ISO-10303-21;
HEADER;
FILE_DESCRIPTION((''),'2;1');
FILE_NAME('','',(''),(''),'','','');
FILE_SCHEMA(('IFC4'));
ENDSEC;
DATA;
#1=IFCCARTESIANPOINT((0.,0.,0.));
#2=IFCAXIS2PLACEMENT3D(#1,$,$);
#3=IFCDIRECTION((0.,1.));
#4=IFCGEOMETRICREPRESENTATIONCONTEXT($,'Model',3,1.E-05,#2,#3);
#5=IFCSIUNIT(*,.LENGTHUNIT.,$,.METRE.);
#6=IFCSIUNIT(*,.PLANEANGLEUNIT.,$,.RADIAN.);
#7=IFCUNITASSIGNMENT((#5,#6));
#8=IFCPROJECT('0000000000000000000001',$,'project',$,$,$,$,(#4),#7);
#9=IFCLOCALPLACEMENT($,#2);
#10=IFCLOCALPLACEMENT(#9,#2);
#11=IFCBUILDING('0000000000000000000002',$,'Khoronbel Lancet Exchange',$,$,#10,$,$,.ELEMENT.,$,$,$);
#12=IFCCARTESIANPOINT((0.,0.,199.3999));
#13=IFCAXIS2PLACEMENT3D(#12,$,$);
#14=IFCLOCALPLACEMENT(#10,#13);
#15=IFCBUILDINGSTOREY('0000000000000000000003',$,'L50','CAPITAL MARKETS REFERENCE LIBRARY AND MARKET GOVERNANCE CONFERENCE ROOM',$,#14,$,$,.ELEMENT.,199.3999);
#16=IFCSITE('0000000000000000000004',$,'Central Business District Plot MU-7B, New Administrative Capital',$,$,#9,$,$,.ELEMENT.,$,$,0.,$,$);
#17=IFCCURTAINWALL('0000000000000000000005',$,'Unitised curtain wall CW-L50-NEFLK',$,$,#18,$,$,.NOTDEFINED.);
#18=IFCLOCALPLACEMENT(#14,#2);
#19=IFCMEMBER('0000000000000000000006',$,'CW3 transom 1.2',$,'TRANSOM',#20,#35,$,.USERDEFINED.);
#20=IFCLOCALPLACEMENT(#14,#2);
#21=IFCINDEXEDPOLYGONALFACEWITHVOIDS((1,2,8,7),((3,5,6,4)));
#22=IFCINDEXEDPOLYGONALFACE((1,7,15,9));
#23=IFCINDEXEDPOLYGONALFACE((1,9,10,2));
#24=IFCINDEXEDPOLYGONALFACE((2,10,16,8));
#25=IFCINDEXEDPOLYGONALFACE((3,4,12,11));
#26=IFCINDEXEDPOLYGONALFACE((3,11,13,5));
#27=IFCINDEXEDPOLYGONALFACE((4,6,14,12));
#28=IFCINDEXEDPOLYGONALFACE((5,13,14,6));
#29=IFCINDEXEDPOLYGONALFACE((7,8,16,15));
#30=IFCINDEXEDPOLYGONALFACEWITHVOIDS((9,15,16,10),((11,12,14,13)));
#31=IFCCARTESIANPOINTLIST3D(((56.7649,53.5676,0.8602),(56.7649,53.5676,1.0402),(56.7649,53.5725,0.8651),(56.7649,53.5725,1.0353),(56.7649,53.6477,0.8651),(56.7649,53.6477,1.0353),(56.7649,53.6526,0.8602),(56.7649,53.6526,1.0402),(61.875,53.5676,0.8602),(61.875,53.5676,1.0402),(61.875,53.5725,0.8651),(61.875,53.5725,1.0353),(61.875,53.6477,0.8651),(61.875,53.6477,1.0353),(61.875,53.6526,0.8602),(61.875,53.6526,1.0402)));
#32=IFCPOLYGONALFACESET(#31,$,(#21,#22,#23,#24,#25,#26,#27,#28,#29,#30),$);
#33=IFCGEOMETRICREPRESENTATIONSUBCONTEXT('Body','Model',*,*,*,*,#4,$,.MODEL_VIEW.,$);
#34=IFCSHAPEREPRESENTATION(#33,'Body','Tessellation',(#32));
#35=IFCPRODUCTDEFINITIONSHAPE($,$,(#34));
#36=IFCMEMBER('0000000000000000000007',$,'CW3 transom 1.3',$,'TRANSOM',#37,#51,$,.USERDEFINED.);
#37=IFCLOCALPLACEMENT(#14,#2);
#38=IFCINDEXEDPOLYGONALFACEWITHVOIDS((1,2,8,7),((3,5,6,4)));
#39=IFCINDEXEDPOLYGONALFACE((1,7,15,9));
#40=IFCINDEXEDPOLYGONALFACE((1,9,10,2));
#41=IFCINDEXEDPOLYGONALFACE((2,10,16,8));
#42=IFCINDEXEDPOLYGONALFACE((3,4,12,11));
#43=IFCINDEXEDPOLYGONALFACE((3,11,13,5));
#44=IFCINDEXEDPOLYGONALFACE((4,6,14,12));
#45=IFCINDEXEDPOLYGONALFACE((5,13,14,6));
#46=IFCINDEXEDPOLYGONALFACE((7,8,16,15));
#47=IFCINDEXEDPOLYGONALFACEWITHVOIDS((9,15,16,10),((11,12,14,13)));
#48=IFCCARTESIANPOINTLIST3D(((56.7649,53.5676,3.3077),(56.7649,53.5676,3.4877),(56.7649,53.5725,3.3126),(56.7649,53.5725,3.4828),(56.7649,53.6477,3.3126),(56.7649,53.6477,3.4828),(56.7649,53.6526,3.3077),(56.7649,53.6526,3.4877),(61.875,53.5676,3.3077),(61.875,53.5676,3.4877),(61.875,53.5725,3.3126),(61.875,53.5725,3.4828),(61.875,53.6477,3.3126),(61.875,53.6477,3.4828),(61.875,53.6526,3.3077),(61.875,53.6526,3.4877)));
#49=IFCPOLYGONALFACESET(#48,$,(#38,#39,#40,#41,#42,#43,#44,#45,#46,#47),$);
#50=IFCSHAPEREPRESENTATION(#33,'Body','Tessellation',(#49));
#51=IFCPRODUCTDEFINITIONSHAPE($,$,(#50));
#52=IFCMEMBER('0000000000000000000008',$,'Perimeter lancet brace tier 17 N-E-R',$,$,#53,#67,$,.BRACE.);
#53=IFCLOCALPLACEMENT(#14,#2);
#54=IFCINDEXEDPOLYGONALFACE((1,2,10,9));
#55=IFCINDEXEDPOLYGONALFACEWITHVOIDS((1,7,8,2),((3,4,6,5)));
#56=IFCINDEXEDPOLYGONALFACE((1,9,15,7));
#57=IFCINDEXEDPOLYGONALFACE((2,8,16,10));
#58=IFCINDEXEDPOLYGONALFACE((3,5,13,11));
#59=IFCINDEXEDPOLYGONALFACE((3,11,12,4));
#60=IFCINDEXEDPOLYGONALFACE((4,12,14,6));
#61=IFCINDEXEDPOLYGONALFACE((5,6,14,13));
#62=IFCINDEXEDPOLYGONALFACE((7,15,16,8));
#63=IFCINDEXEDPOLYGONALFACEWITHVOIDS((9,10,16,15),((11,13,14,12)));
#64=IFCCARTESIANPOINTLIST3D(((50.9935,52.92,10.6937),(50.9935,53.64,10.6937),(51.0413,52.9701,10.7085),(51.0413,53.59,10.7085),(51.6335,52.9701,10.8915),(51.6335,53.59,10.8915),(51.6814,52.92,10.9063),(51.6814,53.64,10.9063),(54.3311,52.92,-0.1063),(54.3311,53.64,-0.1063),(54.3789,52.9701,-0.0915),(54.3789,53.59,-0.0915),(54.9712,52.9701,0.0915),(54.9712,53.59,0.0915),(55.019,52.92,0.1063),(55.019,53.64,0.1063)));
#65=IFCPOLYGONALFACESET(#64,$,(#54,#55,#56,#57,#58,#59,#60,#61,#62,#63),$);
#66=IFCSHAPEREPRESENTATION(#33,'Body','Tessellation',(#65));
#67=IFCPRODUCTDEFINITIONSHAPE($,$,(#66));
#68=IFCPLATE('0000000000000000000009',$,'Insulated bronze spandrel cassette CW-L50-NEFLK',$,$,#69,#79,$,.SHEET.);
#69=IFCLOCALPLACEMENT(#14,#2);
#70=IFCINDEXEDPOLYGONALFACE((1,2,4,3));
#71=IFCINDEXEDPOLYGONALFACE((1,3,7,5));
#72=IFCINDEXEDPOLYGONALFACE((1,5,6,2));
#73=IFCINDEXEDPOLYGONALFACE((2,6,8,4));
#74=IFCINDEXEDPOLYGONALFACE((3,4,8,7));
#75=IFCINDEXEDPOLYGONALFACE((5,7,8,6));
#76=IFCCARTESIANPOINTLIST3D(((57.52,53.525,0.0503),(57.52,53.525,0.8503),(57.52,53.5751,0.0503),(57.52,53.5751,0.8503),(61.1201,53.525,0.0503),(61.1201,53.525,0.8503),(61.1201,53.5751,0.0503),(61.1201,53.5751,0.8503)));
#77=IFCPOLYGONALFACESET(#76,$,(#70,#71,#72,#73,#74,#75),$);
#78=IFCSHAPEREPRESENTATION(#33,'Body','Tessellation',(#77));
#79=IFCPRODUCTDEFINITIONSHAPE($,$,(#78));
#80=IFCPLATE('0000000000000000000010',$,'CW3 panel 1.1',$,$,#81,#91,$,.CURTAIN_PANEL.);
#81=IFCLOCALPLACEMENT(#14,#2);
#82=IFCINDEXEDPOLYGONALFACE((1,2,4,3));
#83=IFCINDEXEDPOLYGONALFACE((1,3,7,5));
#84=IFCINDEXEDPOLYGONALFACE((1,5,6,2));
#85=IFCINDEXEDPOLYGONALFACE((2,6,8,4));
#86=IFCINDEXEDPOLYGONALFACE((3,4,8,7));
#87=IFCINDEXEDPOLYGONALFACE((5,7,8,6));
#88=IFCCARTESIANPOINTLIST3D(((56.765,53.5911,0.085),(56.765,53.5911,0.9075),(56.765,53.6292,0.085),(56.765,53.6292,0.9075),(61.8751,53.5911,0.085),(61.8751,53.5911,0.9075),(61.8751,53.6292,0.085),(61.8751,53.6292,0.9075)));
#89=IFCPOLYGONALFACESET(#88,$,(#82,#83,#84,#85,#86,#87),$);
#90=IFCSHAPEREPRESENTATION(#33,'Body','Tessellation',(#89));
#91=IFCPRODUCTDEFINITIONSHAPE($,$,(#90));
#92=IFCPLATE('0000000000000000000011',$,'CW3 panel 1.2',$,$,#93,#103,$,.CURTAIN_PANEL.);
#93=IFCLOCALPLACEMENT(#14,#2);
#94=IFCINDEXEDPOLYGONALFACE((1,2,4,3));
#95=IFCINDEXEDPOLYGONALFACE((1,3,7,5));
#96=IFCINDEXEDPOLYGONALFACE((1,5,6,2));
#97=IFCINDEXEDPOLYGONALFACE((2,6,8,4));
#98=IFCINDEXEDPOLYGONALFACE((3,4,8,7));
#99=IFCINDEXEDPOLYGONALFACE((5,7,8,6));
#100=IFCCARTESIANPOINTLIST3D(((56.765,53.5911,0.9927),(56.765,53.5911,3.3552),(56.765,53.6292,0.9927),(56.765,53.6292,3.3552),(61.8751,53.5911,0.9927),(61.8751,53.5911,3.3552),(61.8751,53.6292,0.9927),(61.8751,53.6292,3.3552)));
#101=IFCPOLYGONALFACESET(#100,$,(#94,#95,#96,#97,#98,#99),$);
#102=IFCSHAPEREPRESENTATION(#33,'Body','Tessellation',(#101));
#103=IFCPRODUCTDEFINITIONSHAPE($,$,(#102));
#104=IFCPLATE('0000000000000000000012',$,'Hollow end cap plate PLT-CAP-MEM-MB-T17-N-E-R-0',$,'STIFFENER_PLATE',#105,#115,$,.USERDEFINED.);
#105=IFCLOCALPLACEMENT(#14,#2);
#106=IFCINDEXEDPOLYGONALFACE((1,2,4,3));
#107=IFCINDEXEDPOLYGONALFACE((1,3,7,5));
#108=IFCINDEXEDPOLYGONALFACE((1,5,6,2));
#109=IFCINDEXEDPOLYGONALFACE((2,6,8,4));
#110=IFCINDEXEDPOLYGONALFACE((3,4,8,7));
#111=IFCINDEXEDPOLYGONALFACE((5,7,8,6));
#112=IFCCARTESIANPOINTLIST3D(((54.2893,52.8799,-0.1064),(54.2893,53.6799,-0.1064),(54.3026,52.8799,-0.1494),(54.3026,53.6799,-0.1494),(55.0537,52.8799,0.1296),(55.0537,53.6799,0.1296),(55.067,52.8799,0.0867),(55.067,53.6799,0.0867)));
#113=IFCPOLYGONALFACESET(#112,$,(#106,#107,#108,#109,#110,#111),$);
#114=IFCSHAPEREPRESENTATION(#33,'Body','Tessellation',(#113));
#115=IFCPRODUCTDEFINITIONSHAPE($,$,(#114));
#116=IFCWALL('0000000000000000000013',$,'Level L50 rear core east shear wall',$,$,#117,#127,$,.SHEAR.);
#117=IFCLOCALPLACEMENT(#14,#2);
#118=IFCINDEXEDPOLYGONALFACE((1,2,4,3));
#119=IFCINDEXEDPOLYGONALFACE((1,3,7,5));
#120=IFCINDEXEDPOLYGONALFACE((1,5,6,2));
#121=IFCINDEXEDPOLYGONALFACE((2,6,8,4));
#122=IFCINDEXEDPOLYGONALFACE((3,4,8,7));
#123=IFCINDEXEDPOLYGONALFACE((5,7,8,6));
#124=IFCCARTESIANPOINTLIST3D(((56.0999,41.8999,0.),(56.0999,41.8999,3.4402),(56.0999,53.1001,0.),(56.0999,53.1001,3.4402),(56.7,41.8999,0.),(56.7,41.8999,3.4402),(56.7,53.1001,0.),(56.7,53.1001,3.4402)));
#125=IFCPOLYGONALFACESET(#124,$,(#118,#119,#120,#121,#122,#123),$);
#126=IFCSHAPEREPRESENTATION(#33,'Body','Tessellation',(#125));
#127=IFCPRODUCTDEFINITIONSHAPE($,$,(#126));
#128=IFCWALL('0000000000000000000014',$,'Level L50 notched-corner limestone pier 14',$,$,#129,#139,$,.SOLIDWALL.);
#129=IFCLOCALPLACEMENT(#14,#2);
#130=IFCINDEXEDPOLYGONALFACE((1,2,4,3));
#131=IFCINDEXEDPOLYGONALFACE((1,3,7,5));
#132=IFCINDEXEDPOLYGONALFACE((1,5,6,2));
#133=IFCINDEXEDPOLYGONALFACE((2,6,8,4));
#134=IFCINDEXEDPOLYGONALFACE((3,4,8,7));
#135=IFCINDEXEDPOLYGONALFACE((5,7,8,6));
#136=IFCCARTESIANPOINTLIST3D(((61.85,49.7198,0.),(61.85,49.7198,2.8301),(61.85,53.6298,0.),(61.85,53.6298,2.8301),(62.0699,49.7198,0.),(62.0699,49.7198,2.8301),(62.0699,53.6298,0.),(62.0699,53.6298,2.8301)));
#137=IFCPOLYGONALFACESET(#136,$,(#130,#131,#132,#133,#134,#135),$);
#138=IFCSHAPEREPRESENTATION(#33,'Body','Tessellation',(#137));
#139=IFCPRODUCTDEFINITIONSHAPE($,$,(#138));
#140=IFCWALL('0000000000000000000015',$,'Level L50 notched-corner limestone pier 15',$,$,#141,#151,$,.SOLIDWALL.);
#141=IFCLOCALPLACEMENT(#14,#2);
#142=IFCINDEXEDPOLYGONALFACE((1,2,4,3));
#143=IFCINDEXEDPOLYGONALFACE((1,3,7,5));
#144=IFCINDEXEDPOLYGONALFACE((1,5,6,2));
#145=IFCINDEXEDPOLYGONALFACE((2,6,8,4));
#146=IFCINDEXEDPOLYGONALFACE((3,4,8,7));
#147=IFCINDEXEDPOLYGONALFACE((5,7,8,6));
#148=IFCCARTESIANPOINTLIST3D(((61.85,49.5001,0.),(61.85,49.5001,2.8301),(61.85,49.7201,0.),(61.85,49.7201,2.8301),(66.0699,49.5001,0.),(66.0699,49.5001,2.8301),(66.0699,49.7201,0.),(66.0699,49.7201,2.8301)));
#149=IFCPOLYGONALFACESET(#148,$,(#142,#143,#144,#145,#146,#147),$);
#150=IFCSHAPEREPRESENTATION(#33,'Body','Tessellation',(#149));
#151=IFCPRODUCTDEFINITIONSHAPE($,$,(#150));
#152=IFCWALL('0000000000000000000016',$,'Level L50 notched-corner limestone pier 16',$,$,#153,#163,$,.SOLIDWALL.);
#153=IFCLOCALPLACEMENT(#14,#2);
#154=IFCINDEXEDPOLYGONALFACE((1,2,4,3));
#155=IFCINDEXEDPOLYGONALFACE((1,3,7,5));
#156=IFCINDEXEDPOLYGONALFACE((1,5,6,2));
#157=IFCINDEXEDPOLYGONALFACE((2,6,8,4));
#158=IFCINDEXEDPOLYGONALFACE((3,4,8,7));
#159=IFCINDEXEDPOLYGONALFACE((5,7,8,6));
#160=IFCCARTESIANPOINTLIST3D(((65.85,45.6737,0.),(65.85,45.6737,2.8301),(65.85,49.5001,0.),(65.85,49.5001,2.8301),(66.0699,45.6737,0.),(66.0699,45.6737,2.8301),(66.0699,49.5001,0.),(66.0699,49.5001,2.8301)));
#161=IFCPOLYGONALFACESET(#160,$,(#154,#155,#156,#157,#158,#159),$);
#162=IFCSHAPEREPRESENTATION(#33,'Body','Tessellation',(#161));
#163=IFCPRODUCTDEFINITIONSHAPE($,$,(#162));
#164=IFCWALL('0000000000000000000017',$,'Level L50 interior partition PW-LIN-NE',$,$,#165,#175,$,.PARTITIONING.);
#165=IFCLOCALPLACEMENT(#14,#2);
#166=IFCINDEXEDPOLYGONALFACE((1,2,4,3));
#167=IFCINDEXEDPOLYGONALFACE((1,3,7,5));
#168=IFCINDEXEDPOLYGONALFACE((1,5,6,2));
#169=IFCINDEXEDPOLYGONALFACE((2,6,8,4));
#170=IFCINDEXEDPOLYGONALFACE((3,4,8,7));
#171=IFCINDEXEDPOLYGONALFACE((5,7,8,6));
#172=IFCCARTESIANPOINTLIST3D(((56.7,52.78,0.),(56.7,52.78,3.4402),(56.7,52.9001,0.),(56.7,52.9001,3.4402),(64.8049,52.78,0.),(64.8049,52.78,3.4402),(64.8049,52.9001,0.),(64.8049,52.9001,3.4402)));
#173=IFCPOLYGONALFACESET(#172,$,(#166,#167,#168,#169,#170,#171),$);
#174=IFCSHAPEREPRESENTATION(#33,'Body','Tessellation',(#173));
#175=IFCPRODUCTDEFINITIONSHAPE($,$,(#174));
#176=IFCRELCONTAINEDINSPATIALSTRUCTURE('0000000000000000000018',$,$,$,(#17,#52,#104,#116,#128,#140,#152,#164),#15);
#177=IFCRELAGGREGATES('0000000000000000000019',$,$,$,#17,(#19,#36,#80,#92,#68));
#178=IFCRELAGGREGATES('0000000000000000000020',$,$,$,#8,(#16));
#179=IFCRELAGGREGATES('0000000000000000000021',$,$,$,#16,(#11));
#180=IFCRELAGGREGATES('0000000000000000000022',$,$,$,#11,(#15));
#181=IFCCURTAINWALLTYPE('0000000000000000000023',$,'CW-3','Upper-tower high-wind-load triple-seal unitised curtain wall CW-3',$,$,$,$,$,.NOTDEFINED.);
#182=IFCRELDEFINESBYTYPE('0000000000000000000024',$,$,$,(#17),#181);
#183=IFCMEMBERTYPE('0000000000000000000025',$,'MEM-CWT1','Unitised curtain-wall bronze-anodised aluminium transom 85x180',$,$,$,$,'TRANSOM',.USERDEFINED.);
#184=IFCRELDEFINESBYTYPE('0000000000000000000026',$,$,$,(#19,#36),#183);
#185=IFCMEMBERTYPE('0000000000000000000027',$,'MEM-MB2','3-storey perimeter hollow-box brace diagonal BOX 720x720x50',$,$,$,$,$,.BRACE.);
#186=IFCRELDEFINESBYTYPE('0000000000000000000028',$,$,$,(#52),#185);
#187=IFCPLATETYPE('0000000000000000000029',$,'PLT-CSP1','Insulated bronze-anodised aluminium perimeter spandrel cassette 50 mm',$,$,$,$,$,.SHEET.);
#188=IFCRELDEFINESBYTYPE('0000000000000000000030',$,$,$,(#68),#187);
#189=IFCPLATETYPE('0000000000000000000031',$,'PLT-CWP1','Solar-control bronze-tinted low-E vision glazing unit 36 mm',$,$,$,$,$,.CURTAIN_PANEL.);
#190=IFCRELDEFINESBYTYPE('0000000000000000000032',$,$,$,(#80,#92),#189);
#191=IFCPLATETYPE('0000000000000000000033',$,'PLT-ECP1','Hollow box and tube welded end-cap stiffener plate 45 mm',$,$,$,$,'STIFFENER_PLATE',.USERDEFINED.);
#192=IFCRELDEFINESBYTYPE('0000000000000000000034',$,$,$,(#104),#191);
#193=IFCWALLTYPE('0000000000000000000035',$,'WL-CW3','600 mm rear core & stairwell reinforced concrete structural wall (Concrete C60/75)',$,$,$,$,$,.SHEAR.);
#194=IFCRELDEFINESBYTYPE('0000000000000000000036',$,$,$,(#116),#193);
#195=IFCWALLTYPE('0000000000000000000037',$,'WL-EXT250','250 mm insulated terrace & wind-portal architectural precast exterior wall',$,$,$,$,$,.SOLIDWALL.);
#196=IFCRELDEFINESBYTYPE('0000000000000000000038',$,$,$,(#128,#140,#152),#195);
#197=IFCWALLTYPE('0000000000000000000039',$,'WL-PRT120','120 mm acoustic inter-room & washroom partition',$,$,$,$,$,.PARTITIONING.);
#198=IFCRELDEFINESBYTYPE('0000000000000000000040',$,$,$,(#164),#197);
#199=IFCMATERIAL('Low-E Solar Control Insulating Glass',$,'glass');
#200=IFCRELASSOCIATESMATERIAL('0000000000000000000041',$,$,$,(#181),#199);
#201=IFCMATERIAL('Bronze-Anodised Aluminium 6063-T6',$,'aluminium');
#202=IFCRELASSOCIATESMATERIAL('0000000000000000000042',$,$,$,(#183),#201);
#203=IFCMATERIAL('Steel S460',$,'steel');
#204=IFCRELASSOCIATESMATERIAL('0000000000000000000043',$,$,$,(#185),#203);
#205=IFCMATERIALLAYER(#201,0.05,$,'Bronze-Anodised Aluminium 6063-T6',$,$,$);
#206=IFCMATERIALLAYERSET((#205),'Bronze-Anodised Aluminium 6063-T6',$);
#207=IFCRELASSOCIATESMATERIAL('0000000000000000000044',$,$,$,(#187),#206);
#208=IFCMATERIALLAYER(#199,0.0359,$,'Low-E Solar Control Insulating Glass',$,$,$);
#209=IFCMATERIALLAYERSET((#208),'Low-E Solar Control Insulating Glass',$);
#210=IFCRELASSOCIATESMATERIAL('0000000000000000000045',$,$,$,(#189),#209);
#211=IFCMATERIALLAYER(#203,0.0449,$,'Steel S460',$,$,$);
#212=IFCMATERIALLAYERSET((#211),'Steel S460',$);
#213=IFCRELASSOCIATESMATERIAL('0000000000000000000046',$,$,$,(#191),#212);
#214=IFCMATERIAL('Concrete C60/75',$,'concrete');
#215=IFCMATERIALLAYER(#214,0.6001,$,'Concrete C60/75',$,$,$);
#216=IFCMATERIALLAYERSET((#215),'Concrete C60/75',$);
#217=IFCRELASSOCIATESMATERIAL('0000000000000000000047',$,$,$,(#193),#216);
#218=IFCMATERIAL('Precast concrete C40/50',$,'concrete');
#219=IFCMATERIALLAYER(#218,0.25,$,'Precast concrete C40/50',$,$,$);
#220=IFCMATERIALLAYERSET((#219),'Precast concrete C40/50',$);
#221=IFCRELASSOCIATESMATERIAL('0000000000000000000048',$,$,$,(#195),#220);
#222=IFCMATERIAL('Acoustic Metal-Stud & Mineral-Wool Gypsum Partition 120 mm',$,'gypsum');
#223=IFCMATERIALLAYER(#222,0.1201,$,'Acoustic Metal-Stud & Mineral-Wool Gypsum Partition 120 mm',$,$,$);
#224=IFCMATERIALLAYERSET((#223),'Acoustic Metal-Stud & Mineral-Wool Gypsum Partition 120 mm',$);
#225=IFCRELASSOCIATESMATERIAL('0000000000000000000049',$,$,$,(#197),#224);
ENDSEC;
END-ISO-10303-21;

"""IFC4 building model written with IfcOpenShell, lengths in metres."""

from ifc_helpers import new_model, si_unit, direction, frame, frame_2d, origin, origin_2d, place, context, subcontext, project, spatial, polyline, rectangle, hollow_rectangle, outline, extrude, material, layer, layer_set, material_profile, profile_set, type_object, element, aggregate, save


model = new_model("IFC4")

# Units and contexts
model_context = context("Model", 3, precision=1e-05, world=origin(), true_north=direction((0.0, 1.0)))
body_context = subcontext(model_context, "Body", "Model", "MODEL_VIEW")
ifc_project = project(units=[si_unit("LENGTHUNIT", "METRE"), si_unit("PLANEANGLEUNIT", "RADIAN")], contexts=[model_context])

# Site, building, storey
site_placement = place(None, origin())
site = spatial("IfcSite", under=ifc_project, at=site_placement, Name="Central Business District Plot MU-7B, New Administrative Capital", CompositionType="ELEMENT", RefElevation=0.0)
building_placement = place(site_placement, origin())
building = spatial("IfcBuilding", under=site, at=building_placement, Name="Khoronbel Lancet Exchange", CompositionType="ELEMENT")
storey_placement = place(building_placement, frame((0.0, 0.0, 199.3999)))
storey = spatial("IfcBuildingStorey", under=building, at=storey_placement, Name="L50", Description="CAPITAL MARKETS REFERENCE LIBRARY AND MARKET GOVERNANCE CONFERENCE ROOM", CompositionType="ELEMENT", Elevation=199.3999)

# Shared definitions
ifc_material_1 = material(Name="Steel S460", Category="steel")

# Curtain wall
ifc_material_2 = material(Name="Low-E Solar Control Insulating Glass", Category="glass")
curtain_wall_type_1 = type_object("IfcCurtainWallType", Name="CW-3", Description="Upper-tower high-wind-load triple-seal unitised curtain wall CW-3", PredefinedType="NOTDEFINED", material=ifc_material_2)
curtain_wall_1_placement = place(storey_placement, origin())
curtain_wall_1 = element("IfcCurtainWall", 1, at=curtain_wall_1_placement, inside=storey, type_object=curtain_wall_type_1, Name="Unitised curtain wall CW-L50-NEFLK", PredefinedType="NOTDEFINED")
ifc_material_3 = material(Name="Bronze-Anodised Aluminium 6063-T6", Category="aluminium")

# Members
ifc_material_profile_1 = material_profile(ifc_material_3, hollow_rectangle(XDim=0.085, YDim=0.1799, WallThickness=0.0049, at=origin_2d()), Name="ALU TRANSOM 85x180")
ifc_profile_set_1 = profile_set([ifc_material_profile_1], Name="Bronze-Anodised Aluminium 6063-T6")
member_type_1 = type_object("IfcMemberType", Name="MEM-CWT1", Description="Unitised curtain-wall bronze-anodised aluminium transom 85x180", ElementType="TRANSOM", PredefinedType="USERDEFINED", material=ifc_profile_set_1)
member_1_placement = place(storey_placement, frame((61.875, 53.6101, 0.9502), z_axis=(-1.0, 0.0, 0.0), x_axis=(0.0, -1.0, 0.0)))
member_1 = element("IfcMember", 2, at=member_1_placement, type_object=member_type_1, Name="CW3 transom 1.2", ObjectType="TRANSOM", PredefinedType="USERDEFINED", context=body_context, shape_type="SweptSolid", body=[
    extrude(hollow_rectangle(XDim=0.085, YDim=0.1799, WallThickness=0.0049, at=origin_2d()), origin(), (0.0, 0.0, 1.0), 5.1101),
])
member_2_placement = place(storey_placement, frame((61.875, 53.6101, 3.3977), z_axis=(-1.0, 0.0, 0.0), x_axis=(0.0, -1.0, 0.0)))
member_2 = element("IfcMember", 3, at=member_2_placement, type_object=member_type_1, Name="CW3 transom 1.3", ObjectType="TRANSOM", PredefinedType="USERDEFINED", context=body_context, shape_type="SweptSolid", body=[
    extrude(hollow_rectangle(XDim=0.085, YDim=0.1799, WallThickness=0.0049, at=origin_2d()), origin(), (0.0, 0.0, 1.0), 5.1101),
])
ifc_material_profile_2 = material_profile(ifc_material_1, hollow_rectangle(XDim=0.72, YDim=0.72, WallThickness=0.05, at=origin_2d()), Name="BOX 720x720x50")
ifc_profile_set_2 = profile_set([ifc_material_profile_2], Name="Steel S460")
member_type_2 = type_object("IfcMemberType", Name="MEM-MB2", Description="3-storey perimeter hollow-box brace diagonal BOX 720x720x50", PredefinedType="BRACE", material=ifc_profile_set_2)
member_3_placement = place(storey_placement, frame((54.675, 53.28, 0.0), z_axis=(-0.295262, 0.0, 0.955416), x_axis=(0.0, -1.0, 0.0)))
element("IfcMember", 4, at=member_3_placement, inside=storey, type_object=member_type_2, Name="Perimeter lancet brace tier 17 N-E-R", PredefinedType="BRACE", context=body_context, shape_type="SweptSolid", body=[
    extrude(hollow_rectangle(XDim=0.72, YDim=0.72, WallThickness=0.05, at=origin_2d()), origin(), (0.0, 0.0, 1.0), 11.304),
])

# Plates
ifc_layer_1 = layer(ifc_material_3, 0.05, Name="Bronze-Anodised Aluminium 6063-T6")
ifc_layer_set_1 = layer_set([ifc_layer_1], Name="Bronze-Anodised Aluminium 6063-T6")
plate_type_1 = type_object("IfcPlateType", Name="PLT-CSP1", Description="Insulated bronze-anodised aluminium perimeter spandrel cassette 50 mm", PredefinedType="SHEET", material=ifc_layer_set_1)
plate_1_placement = place(storey_placement, frame((59.3201, 53.55, 0.0503), z_axis=(0.0, 0.0, 1.0), x_axis=(-1.0, 0.0, 0.0)))
plate_1 = element("IfcPlate", 5, at=plate_1_placement, type_object=plate_type_1, Name="Insulated bronze spandrel cassette CW-L50-NEFLK", PredefinedType="SHEET", context=body_context, shape_type="SweptSolid", body=[
    extrude(rectangle(XDim=3.6001, YDim=0.05, at=origin_2d()), origin(), (0.0, 0.0, 1.0), 0.8),
])
ifc_layer_2 = layer(ifc_material_2, 0.0359, Name="Low-E Solar Control Insulating Glass")
ifc_layer_set_2 = layer_set([ifc_layer_2], Name="Low-E Solar Control Insulating Glass")
plate_type_2 = type_object("IfcPlateType", Name="PLT-CWP1", Description="Solar-control bronze-tinted low-E vision glazing unit 36 mm", PredefinedType="CURTAIN_PANEL", material=ifc_layer_set_2)
plate_2_placement = place(storey_placement, frame((59.3201, 53.6101, 0.085), z_axis=(0.0, 0.0, 1.0), x_axis=(-1.0, 0.0, 0.0)))
plate_2 = element("IfcPlate", 6, at=plate_2_placement, type_object=plate_type_2, Name="CW3 panel 1.1", PredefinedType="CURTAIN_PANEL", context=body_context, shape_type="SweptSolid", body=[
    extrude(rectangle(XDim=5.1101, YDim=0.0381, at=origin_2d()), origin(), (0.0, 0.0, 1.0), 0.8225),
])
plate_3_placement = place(storey_placement, frame((59.3201, 53.6101, 0.9927), z_axis=(0.0, 0.0, 1.0), x_axis=(-1.0, 0.0, 0.0)))
plate_3 = element("IfcPlate", 7, at=plate_3_placement, type_object=plate_type_2, Name="CW3 panel 1.2", PredefinedType="CURTAIN_PANEL", context=body_context, shape_type="SweptSolid", body=[
    extrude(rectangle(XDim=5.1101, YDim=0.0381, at=origin_2d()), origin(), (0.0, 0.0, 1.0), 2.3625),
])
aggregate(curtain_wall_1, [member_1, member_2, plate_2, plate_3, plate_1])
ifc_layer_3 = layer(ifc_material_1, 0.0449, Name="Steel S460")
ifc_layer_set_3 = layer_set([ifc_layer_3], Name="Steel S460")
plate_type_3 = type_object("IfcPlateType", Name="PLT-ECP1", Description="Hollow box and tube welded end-cap stiffener plate 45 mm", ElementType="STIFFENER_PLATE", PredefinedType="USERDEFINED", material=ifc_layer_set_3)
plate_4_placement = place(storey_placement, frame((54.2893, 53.6799, -0.1064), z_axis=(-0.295094, 0.0, 0.955468), x_axis=(0.0, -1.0, 0.0)))
element("IfcPlate", 8, at=plate_4_placement, inside=storey, type_object=plate_type_3, Name="Hollow end cap plate PLT-CAP-MEM-MB-T17-N-E-R-0", ObjectType="STIFFENER_PLATE", PredefinedType="USERDEFINED", context=body_context, shape_type="SweptSolid", body=[
    extrude(outline(polyline([(0.0, 0.0), (0.8, 0.0), (0.8, 0.8), (0.0, 0.8), (0.0, 0.0)])), origin(), (0.0, 0.0, -1.0), 0.0449),
])

# Walls
ifc_material_4 = material(Name="Concrete C60/75", Category="concrete")
ifc_layer_4 = layer(ifc_material_4, 0.6001, Name="Concrete C60/75")
ifc_layer_set_4 = layer_set([ifc_layer_4], Name="Concrete C60/75")
wall_type_1 = type_object("IfcWallType", Name="WL-CW3", Description="600 mm rear core & stairwell reinforced concrete structural wall (Concrete C60/75)", PredefinedType="SHEAR", material=ifc_layer_set_4)
wall_1_placement = place(storey_placement, frame((56.3999, 53.1001, 0.0), z_axis=(0.0, 0.0, 1.0), x_axis=(0.0, -1.0, 0.0)))
element("IfcWall", 9, at=wall_1_placement, inside=storey, type_object=wall_type_1, Name="Level L50 rear core east shear wall", PredefinedType="SHEAR", context=body_context, shape_type="SweptSolid", body=[
    extrude(rectangle(XDim=11.2002, YDim=0.6001, at=frame_2d((5.6001, 0.0))), origin(), (0.0, 0.0, 1.0), 3.4402),
])
ifc_material_5 = material(Name="Precast concrete C40/50", Category="concrete")
ifc_layer_5 = layer(ifc_material_5, 0.25, Name="Precast concrete C40/50")
ifc_layer_set_5 = layer_set([ifc_layer_5], Name="Precast concrete C40/50")
wall_type_2 = type_object("IfcWallType", Name="WL-EXT250", Description="250 mm insulated terrace & wind-portal architectural precast exterior wall", PredefinedType="SOLIDWALL", material=ifc_layer_set_5)
wall_2_placement = place(storey_placement, frame((61.96, 53.6299, 0.0), z_axis=(0.0, 0.0, 1.0), x_axis=(0.0, -1.0, 0.0)))
element("IfcWall", 10, at=wall_2_placement, inside=storey, type_object=wall_type_2, Name="Level L50 notched-corner limestone pier 14", PredefinedType="SOLIDWALL", context=body_context, shape_type="SweptSolid", body=[
    extrude(rectangle(XDim=3.9099, YDim=0.22, at=frame_2d((1.9551, 0.0))), origin(), (0.0, 0.0, 1.0), 2.8301),
])
wall_3_placement = place(storey_placement, frame((61.8501, 49.6101, 0.0), z_axis=(0.0, 0.0, 1.0), x_axis=(1.0, 0.0, 0.0)))
element("IfcWall", 11, at=wall_3_placement, inside=storey, type_object=wall_type_2, Name="Level L50 notched-corner limestone pier 15", PredefinedType="SOLIDWALL", context=body_context, shape_type="SweptSolid", body=[
    extrude(rectangle(XDim=4.22, YDim=0.22, at=frame_2d((2.1099, 0.0))), origin(), (0.0, 0.0, 1.0), 2.8301),
])
wall_4_placement = place(storey_placement, frame((65.96, 49.5, 0.0), z_axis=(0.0, 0.0, 1.0), x_axis=(0.0, -1.0, 0.0)))
element("IfcWall", 12, at=wall_4_placement, inside=storey, type_object=wall_type_2, Name="Level L50 notched-corner limestone pier 16", PredefinedType="SOLIDWALL", context=body_context, shape_type="SweptSolid", body=[
    extrude(rectangle(XDim=3.8264, YDim=0.22, at=frame_2d((1.9131, 0.0))), origin(), (0.0, 0.0, 1.0), 2.8301),
])
ifc_material_6 = material(Name="Acoustic Metal-Stud & Mineral-Wool Gypsum Partition 120 mm", Category="gypsum")
ifc_layer_6 = layer(ifc_material_6, 0.1201, Name="Acoustic Metal-Stud & Mineral-Wool Gypsum Partition 120 mm")
ifc_layer_set_6 = layer_set([ifc_layer_6], Name="Acoustic Metal-Stud & Mineral-Wool Gypsum Partition 120 mm")
wall_type_3 = type_object("IfcWallType", Name="WL-PRT120", Description="120 mm acoustic inter-room & washroom partition", PredefinedType="PARTITIONING", material=ifc_layer_set_6)
wall_5_placement = place(storey_placement, frame((56.7, 52.8401, 0.0), z_axis=(0.0, 0.0, 1.0), x_axis=(1.0, 0.0, 0.0)))
element("IfcWall", 13, at=wall_5_placement, inside=storey, type_object=wall_type_3, Name="Level L50 interior partition PW-LIN-NE", PredefinedType="PARTITIONING", context=body_context, shape_type="SweptSolid", body=[
    extrude(rectangle(XDim=8.105, YDim=0.1201, at=frame_2d((4.0525, 0.0))), origin(), (0.0, 0.0, 1.0), 3.4402),
])

save(model, "model.ifc")
